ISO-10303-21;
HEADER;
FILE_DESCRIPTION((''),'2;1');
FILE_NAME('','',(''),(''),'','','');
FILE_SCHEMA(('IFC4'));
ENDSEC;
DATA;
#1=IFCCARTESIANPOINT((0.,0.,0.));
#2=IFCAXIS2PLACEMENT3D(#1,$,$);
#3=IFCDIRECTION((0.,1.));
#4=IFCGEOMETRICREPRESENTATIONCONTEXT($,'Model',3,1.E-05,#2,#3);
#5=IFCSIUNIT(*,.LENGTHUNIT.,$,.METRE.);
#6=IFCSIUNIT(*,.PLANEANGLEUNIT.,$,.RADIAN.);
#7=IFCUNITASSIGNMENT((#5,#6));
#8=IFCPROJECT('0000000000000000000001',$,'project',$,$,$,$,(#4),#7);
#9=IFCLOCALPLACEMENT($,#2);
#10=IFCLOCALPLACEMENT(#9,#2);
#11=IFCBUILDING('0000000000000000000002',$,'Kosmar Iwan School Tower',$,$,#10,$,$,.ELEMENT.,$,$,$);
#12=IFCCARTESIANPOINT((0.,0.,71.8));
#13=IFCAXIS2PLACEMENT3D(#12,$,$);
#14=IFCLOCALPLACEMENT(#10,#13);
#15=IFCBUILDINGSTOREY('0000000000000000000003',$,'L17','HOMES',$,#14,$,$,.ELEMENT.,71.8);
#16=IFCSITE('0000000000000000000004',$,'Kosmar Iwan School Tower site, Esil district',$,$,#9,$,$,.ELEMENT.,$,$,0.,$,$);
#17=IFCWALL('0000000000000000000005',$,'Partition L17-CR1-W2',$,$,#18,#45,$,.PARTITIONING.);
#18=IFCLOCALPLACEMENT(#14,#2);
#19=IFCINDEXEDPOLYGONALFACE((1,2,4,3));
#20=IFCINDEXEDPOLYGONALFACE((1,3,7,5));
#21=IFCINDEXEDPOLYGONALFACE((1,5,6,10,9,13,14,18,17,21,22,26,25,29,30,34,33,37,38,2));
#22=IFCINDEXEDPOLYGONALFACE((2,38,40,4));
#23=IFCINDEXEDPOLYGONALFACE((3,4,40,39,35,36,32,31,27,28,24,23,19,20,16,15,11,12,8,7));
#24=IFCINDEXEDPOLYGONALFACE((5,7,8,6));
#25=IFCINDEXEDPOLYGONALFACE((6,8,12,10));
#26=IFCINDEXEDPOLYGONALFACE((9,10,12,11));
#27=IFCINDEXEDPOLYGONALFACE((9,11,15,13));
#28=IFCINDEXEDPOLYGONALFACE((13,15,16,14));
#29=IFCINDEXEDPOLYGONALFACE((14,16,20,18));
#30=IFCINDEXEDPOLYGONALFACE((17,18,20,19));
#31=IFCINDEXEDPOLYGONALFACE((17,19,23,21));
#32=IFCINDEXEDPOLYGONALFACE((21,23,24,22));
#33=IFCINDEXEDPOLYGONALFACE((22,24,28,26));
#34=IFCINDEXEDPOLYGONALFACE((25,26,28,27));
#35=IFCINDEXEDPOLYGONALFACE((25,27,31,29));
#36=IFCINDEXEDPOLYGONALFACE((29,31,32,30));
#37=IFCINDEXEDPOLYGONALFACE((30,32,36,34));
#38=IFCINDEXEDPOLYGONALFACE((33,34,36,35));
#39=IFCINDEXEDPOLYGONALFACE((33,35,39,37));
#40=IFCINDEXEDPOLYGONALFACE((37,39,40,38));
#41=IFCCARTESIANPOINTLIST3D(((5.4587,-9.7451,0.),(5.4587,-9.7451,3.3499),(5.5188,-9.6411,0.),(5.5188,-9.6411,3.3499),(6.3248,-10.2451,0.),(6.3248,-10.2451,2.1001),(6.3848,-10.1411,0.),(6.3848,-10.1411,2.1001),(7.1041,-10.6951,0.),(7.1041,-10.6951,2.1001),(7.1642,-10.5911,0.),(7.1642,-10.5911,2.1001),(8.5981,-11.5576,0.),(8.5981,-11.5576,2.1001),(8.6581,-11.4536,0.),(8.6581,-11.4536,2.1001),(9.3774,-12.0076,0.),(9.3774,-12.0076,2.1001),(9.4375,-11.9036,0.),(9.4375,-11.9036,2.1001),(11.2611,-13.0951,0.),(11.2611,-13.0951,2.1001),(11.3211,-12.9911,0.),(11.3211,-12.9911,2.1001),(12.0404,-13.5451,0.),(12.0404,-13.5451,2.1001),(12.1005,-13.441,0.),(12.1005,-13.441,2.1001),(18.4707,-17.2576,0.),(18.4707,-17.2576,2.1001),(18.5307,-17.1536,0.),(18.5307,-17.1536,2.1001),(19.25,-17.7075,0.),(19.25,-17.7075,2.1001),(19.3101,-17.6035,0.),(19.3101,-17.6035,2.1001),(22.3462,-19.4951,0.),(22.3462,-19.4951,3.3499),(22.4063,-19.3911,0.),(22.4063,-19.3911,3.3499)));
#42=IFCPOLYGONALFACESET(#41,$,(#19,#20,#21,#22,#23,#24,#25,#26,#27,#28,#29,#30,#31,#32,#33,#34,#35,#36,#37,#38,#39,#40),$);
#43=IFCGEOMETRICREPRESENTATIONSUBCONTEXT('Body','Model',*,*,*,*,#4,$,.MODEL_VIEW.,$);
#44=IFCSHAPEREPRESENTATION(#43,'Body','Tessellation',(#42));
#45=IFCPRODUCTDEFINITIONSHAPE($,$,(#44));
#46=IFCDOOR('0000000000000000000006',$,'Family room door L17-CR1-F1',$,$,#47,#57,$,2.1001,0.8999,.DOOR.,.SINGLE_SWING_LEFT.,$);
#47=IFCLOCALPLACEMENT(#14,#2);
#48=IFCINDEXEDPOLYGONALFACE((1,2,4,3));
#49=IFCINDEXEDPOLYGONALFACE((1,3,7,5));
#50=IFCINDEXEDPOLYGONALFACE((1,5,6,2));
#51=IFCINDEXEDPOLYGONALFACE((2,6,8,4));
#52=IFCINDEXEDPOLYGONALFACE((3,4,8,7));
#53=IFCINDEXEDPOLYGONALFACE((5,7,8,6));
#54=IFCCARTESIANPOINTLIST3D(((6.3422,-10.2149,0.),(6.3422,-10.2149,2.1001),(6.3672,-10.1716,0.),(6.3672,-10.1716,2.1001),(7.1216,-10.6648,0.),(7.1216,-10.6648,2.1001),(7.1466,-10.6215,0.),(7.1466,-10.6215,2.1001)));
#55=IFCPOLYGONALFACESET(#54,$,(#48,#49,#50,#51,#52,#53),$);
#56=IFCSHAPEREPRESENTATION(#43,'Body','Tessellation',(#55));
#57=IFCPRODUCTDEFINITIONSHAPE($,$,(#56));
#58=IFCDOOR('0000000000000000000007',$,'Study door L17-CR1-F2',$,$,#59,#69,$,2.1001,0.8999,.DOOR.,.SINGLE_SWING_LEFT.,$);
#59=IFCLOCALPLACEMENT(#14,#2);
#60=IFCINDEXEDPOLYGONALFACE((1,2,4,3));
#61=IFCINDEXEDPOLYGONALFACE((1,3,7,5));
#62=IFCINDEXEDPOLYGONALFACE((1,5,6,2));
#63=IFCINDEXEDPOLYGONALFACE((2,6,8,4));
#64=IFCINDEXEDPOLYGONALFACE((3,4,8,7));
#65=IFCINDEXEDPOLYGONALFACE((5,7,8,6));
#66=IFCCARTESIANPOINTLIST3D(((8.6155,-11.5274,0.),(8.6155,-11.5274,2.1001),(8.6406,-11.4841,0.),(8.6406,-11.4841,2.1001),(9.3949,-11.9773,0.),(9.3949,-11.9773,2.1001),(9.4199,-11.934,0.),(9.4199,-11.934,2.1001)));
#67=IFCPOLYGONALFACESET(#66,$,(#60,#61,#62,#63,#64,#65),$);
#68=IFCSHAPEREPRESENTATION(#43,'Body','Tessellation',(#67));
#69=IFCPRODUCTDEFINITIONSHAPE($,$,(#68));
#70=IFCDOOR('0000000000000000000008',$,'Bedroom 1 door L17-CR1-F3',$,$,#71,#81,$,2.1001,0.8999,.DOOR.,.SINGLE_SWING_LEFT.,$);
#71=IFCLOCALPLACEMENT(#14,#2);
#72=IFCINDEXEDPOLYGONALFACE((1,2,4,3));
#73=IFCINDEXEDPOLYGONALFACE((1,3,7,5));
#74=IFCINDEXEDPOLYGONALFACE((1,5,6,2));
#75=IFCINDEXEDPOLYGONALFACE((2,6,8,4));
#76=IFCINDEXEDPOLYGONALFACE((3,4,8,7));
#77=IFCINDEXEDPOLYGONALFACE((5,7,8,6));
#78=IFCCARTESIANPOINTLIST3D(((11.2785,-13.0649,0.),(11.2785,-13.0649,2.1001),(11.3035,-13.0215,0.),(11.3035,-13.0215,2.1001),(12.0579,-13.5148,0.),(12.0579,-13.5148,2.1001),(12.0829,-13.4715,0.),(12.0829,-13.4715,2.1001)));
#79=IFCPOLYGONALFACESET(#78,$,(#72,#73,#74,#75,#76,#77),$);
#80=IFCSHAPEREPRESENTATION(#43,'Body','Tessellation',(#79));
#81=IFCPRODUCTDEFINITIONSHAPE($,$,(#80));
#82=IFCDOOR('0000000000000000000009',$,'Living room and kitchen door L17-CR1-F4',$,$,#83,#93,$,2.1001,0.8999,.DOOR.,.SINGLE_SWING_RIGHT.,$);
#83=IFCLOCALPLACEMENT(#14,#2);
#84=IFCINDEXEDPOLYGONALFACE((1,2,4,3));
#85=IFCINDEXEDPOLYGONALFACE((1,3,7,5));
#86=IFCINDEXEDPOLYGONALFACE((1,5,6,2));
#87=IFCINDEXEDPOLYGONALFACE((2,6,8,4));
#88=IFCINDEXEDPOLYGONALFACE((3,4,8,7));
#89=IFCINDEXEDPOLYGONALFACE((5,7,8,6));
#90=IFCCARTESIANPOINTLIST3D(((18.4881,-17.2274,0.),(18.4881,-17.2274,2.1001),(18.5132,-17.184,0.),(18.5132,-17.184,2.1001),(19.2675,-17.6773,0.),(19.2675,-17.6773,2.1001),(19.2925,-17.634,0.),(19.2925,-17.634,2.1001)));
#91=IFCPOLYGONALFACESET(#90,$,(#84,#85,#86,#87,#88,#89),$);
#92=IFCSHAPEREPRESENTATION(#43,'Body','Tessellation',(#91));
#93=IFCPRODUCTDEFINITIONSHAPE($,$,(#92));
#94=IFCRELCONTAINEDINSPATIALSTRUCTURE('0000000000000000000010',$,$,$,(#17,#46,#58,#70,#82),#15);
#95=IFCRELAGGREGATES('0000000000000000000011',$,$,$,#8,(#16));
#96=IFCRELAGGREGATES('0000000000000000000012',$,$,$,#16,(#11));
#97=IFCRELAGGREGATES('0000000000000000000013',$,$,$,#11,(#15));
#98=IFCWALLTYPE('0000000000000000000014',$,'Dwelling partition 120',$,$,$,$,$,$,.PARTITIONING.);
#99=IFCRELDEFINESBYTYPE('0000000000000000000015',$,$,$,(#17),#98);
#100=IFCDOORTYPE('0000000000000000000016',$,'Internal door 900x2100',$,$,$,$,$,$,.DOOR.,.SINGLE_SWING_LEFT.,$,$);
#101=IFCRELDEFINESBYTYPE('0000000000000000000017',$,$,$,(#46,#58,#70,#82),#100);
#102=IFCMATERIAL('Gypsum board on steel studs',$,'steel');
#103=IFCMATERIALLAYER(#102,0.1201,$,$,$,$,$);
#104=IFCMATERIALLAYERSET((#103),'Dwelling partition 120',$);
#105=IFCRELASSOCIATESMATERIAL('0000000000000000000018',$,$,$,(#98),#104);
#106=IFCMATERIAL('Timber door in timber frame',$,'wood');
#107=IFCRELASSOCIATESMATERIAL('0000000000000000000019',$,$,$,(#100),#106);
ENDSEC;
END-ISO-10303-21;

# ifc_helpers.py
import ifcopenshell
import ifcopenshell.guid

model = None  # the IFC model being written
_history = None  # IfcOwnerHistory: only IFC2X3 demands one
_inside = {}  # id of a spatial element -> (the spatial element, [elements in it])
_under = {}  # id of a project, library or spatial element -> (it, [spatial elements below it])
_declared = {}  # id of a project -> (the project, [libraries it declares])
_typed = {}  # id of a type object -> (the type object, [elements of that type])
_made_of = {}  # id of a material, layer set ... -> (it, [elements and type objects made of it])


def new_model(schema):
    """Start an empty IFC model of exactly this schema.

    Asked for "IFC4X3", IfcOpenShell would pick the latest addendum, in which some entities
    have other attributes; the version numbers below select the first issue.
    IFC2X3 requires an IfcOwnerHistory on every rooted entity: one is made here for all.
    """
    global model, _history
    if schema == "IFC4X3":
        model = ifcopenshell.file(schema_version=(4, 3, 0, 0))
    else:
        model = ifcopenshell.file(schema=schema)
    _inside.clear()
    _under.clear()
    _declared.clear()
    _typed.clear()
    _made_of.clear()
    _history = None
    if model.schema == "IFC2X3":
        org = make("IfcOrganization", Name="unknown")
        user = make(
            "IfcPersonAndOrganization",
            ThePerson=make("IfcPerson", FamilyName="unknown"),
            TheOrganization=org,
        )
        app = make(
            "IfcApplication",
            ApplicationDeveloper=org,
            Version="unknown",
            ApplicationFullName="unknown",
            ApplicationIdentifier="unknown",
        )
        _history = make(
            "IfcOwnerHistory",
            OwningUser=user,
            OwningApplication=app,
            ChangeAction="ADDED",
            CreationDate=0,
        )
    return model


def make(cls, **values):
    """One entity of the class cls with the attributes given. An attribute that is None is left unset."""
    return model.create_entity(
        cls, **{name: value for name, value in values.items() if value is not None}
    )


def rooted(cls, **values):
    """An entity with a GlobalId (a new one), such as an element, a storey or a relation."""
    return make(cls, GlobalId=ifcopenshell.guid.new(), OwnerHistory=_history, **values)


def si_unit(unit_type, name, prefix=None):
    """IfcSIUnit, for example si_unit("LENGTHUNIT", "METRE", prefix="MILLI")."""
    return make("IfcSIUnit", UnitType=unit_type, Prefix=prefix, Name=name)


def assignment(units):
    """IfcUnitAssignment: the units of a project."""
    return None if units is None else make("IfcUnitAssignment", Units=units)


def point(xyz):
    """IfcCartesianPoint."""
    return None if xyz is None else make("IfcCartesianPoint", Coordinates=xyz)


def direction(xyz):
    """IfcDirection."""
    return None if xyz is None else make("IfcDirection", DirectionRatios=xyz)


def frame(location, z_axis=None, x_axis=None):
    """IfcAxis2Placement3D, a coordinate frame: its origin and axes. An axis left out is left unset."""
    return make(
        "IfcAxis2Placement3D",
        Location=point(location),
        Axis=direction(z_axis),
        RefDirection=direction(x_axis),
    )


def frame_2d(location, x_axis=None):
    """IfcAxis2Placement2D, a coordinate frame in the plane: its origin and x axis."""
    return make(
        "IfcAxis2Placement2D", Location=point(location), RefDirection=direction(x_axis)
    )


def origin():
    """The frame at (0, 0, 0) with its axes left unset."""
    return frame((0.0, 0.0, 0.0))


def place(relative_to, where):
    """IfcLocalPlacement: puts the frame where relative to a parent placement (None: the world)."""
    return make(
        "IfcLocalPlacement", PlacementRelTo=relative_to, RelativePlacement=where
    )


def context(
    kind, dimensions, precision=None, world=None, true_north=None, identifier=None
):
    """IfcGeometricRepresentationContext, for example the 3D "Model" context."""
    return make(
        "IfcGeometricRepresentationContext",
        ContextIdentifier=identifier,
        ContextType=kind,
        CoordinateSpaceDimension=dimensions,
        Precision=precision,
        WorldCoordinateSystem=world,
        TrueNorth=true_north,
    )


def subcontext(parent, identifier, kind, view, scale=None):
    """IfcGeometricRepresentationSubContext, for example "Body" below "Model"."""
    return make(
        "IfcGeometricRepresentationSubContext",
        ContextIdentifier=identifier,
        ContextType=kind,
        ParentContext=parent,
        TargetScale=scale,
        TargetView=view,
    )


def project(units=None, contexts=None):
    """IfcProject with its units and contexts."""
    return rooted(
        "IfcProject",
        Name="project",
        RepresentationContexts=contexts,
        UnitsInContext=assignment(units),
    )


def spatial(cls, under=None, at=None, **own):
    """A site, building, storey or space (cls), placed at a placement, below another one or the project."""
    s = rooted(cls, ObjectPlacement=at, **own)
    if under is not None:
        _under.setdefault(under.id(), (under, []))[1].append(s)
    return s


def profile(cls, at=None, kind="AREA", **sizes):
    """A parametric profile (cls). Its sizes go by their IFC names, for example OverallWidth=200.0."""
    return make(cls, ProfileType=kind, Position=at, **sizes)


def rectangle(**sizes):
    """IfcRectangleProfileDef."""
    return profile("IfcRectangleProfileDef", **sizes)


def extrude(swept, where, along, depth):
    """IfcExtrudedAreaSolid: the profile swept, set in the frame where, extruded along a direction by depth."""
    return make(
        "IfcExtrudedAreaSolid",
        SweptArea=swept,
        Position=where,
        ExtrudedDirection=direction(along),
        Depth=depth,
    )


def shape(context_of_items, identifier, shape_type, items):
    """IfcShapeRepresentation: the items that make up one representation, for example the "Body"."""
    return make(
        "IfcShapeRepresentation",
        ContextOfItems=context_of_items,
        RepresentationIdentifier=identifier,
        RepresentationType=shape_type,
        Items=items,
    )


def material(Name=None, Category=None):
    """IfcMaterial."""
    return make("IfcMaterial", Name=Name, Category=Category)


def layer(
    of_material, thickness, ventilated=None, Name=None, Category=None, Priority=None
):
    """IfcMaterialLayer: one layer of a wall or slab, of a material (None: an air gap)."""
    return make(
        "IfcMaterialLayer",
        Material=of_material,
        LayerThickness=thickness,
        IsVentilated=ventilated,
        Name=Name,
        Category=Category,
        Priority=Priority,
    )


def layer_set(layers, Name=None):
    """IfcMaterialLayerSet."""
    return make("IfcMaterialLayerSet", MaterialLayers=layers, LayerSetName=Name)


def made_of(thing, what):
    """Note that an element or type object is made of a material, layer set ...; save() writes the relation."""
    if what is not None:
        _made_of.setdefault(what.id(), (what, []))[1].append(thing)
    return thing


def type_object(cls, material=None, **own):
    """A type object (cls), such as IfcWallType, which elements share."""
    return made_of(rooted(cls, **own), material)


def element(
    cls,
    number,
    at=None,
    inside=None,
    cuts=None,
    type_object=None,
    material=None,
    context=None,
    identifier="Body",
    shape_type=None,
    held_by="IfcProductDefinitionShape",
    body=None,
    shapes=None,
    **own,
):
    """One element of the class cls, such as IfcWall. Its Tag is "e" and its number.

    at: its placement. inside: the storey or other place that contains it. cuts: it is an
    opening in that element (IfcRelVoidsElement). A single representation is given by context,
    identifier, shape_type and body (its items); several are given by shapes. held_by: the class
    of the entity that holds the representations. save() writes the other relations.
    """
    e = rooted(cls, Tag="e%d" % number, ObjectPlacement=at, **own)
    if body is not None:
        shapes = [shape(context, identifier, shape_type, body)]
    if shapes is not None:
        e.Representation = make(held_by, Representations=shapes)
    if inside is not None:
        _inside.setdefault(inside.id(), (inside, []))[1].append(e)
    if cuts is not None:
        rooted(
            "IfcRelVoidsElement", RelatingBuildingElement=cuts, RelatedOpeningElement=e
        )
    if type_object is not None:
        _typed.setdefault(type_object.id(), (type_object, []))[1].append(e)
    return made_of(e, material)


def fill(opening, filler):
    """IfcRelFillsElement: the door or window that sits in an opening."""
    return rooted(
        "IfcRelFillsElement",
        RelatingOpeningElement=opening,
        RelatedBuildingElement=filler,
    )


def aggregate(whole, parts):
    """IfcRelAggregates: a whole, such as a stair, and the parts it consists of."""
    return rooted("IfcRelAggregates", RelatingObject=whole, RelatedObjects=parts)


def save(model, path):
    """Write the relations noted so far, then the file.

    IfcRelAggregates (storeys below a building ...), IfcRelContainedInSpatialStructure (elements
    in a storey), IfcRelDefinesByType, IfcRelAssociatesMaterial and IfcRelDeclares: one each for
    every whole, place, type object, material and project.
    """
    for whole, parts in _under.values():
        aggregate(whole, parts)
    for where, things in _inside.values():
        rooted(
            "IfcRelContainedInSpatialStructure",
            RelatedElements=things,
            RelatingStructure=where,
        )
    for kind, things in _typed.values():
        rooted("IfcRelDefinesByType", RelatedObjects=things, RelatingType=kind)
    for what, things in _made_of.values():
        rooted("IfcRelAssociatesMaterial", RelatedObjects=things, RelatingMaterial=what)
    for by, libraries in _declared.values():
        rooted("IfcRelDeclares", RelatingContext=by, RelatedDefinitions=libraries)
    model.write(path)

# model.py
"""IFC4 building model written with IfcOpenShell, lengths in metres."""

from ifc_helpers import new_model, si_unit, direction, frame, frame_2d, origin, place, context, subcontext, project, spatial, rectangle, extrude, material, layer, layer_set, type_object, element, fill, save


model = new_model("IFC4")

# Units and contexts
model_context = context("Model", 3, precision=1e-05, world=origin(), true_north=direction((0.0, 1.0)))
body_context = subcontext(model_context, "Body", "Model", "MODEL_VIEW")
ifc_project = project(units=[si_unit("LENGTHUNIT", "METRE"), si_unit("PLANEANGLEUNIT", "RADIAN")], contexts=[model_context])

# Site, building, storey
site_placement = place(None, origin())
site = spatial("IfcSite", under=ifc_project, at=site_placement, Name="Kosmar Iwan School Tower site, Esil district", CompositionType="ELEMENT", RefElevation=0.0)
building_placement = place(site_placement, origin())
building = spatial("IfcBuilding", under=site, at=building_placement, Name="Kosmar Iwan School Tower", CompositionType="ELEMENT")
storey_placement = place(building_placement, frame((0.0, 0.0, 71.8)))
storey = spatial("IfcBuildingStorey", under=building, at=storey_placement, Name="L17", Description="HOMES", CompositionType="ELEMENT", Elevation=71.8)

# Wall, openings, doors
ifc_material_1 = material(Name="Gypsum board on steel studs", Category="steel")
ifc_layer_1 = layer(ifc_material_1, 0.1201)
ifc_layer_set_1 = layer_set([ifc_layer_1], Name="Dwelling partition 120")
wall_type_1 = type_object("IfcWallType", Name="Dwelling partition 120", PredefinedType="PARTITIONING", material=ifc_layer_set_1)
wall_1_placement = place(storey_placement, frame((5.4888, -9.6931, 0.0), z_axis=(0.0, 0.0, 1.0), x_axis=(0.866025, -0.500001, 0.0)))
wall_1 = element("IfcWall", 1, at=wall_1_placement, inside=storey, type_object=wall_type_1, Name="Partition L17-CR1-W2", PredefinedType="PARTITIONING", context=body_context, shape_type="SweptSolid", body=[
    extrude(rectangle(XDim=19.5, YDim=0.1201, at=frame_2d((9.75, 0.0))), origin(), (0.0, 0.0, 1.0), 3.3499),
])
opening_1_placement = place(wall_1_placement, frame((1.0, 0.0, 0.0)))
opening_1 = element("IfcOpeningElement", 2, at=opening_1_placement, cuts=wall_1, PredefinedType="OPENING", context=body_context, shape_type="SweptSolid", body=[
    extrude(rectangle(XDim=0.8999, YDim=2.1001, at=frame_2d((0.45, 1.05))), frame((0.0, 0.072, 0.0), z_axis=(0.0, -1.0, 0.0), x_axis=(1.0, 0.0, 0.0)), (0.0, 0.0, 1.0), 0.144),
])
opening_2_placement = place(wall_1_placement, frame((3.625, 0.0, 0.0)))
opening_2 = element("IfcOpeningElement", 3, at=opening_2_placement, cuts=wall_1, PredefinedType="OPENING", context=body_context, shape_type="SweptSolid", body=[
    extrude(rectangle(XDim=0.8999, YDim=2.1001, at=frame_2d((0.45, 1.05))), frame((0.0, 0.072, 0.0), z_axis=(0.0, -1.0, 0.0), x_axis=(1.0, 0.0, 0.0)), (0.0, 0.0, 1.0), 0.144),
])
opening_3_placement = place(wall_1_placement, frame((6.7, 0.0, 0.0)))
opening_3 = element("IfcOpeningElement", 4, at=opening_3_placement, cuts=wall_1, PredefinedType="OPENING", context=body_context, shape_type="SweptSolid", body=[
    extrude(rectangle(XDim=0.8999, YDim=2.1001, at=frame_2d((0.45, 1.05))), frame((0.0, 0.072, 0.0), z_axis=(0.0, -1.0, 0.0), x_axis=(1.0, 0.0, 0.0)), (0.0, 0.0, 1.0), 0.144),
])
opening_4_placement = place(wall_1_placement, frame((15.0249, 0.0, 0.0)))
opening_4 = element("IfcOpeningElement", 5, at=opening_4_placement, cuts=wall_1, PredefinedType="OPENING", context=body_context, shape_type="SweptSolid", body=[
    extrude(rectangle(XDim=0.8999, YDim=2.1001, at=frame_2d((0.45, 1.05))), frame((0.0, 0.072, 0.0), z_axis=(0.0, -1.0, 0.0), x_axis=(1.0, 0.0, 0.0)), (0.0, 0.0, 1.0), 0.144),
])
ifc_material_2 = material(Name="Timber door in timber frame", Category="wood")
door_type = type_object("IfcDoorType", Name="Internal door 900x2100", OperationType="SINGLE_SWING_LEFT", PredefinedType="DOOR", material=ifc_material_2)
door_1_placement = place(opening_1_placement, origin())
door_1 = element("IfcDoor", 6, at=door_1_placement, inside=storey, type_object=door_type, Name="Family room door L17-CR1-F1", OperationType="SINGLE_SWING_LEFT", OverallHeight=2.1001, OverallWidth=0.8999, PredefinedType="DOOR", context=body_context, shape_type="SweptSolid", body=[
    extrude(rectangle(XDim=0.8999, YDim=2.1001, at=frame_2d((0.45, 1.05))), frame((0.0, 0.0249, 0.0), z_axis=(0.0, -1.0, 0.0), x_axis=(1.0, 0.0, 0.0)), (0.0, 0.0, 1.0), 0.05),
])
fill(opening_1, door_1)
door_2_placement = place(opening_2_placement, origin())
door_2 = element("IfcDoor", 7, at=door_2_placement, inside=storey, type_object=door_type, Name="Study door L17-CR1-F2", OperationType="SINGLE_SWING_LEFT", OverallHeight=2.1001, OverallWidth=0.8999, PredefinedType="DOOR", context=body_context, shape_type="SweptSolid", body=[
    extrude(rectangle(XDim=0.8999, YDim=2.1001, at=frame_2d((0.45, 1.05))), frame((0.0, 0.0249, 0.0), z_axis=(0.0, -1.0, 0.0), x_axis=(1.0, 0.0, 0.0)), (0.0, 0.0, 1.0), 0.05),
])
fill(opening_2, door_2)
door_3_placement = place(opening_3_placement, origin())
door_3 = element("IfcDoor", 8, at=door_3_placement, inside=storey, type_object=door_type, Name="Bedroom 1 door L17-CR1-F3", OperationType="SINGLE_SWING_LEFT", OverallHeight=2.1001, OverallWidth=0.8999, PredefinedType="DOOR", context=body_context, shape_type="SweptSolid", body=[
    extrude(rectangle(XDim=0.8999, YDim=2.1001, at=frame_2d((0.45, 1.05))), frame((0.0, 0.0249, 0.0), z_axis=(0.0, -1.0, 0.0), x_axis=(1.0, 0.0, 0.0)), (0.0, 0.0, 1.0), 0.05),
])
fill(opening_3, door_3)
door_4_placement = place(opening_4_placement, origin())
door_4 = element("IfcDoor", 9, at=door_4_placement, inside=storey, type_object=door_type, Name="Living room and kitchen door L17-CR1-F4", OperationType="SINGLE_SWING_RIGHT", OverallHeight=2.1001, OverallWidth=0.8999, PredefinedType="DOOR", context=body_context, shape_type="SweptSolid", body=[
    extrude(rectangle(XDim=0.8999, YDim=2.1001, at=frame_2d((0.45, 1.05))), frame((0.0, 0.0249, 0.0), z_axis=(0.0, -1.0, 0.0), x_axis=(1.0, 0.0, 0.0)), (0.0, 0.0, 1.0), 0.05),
])
fill(opening_4, door_4)

save(model, "model.ifc")
